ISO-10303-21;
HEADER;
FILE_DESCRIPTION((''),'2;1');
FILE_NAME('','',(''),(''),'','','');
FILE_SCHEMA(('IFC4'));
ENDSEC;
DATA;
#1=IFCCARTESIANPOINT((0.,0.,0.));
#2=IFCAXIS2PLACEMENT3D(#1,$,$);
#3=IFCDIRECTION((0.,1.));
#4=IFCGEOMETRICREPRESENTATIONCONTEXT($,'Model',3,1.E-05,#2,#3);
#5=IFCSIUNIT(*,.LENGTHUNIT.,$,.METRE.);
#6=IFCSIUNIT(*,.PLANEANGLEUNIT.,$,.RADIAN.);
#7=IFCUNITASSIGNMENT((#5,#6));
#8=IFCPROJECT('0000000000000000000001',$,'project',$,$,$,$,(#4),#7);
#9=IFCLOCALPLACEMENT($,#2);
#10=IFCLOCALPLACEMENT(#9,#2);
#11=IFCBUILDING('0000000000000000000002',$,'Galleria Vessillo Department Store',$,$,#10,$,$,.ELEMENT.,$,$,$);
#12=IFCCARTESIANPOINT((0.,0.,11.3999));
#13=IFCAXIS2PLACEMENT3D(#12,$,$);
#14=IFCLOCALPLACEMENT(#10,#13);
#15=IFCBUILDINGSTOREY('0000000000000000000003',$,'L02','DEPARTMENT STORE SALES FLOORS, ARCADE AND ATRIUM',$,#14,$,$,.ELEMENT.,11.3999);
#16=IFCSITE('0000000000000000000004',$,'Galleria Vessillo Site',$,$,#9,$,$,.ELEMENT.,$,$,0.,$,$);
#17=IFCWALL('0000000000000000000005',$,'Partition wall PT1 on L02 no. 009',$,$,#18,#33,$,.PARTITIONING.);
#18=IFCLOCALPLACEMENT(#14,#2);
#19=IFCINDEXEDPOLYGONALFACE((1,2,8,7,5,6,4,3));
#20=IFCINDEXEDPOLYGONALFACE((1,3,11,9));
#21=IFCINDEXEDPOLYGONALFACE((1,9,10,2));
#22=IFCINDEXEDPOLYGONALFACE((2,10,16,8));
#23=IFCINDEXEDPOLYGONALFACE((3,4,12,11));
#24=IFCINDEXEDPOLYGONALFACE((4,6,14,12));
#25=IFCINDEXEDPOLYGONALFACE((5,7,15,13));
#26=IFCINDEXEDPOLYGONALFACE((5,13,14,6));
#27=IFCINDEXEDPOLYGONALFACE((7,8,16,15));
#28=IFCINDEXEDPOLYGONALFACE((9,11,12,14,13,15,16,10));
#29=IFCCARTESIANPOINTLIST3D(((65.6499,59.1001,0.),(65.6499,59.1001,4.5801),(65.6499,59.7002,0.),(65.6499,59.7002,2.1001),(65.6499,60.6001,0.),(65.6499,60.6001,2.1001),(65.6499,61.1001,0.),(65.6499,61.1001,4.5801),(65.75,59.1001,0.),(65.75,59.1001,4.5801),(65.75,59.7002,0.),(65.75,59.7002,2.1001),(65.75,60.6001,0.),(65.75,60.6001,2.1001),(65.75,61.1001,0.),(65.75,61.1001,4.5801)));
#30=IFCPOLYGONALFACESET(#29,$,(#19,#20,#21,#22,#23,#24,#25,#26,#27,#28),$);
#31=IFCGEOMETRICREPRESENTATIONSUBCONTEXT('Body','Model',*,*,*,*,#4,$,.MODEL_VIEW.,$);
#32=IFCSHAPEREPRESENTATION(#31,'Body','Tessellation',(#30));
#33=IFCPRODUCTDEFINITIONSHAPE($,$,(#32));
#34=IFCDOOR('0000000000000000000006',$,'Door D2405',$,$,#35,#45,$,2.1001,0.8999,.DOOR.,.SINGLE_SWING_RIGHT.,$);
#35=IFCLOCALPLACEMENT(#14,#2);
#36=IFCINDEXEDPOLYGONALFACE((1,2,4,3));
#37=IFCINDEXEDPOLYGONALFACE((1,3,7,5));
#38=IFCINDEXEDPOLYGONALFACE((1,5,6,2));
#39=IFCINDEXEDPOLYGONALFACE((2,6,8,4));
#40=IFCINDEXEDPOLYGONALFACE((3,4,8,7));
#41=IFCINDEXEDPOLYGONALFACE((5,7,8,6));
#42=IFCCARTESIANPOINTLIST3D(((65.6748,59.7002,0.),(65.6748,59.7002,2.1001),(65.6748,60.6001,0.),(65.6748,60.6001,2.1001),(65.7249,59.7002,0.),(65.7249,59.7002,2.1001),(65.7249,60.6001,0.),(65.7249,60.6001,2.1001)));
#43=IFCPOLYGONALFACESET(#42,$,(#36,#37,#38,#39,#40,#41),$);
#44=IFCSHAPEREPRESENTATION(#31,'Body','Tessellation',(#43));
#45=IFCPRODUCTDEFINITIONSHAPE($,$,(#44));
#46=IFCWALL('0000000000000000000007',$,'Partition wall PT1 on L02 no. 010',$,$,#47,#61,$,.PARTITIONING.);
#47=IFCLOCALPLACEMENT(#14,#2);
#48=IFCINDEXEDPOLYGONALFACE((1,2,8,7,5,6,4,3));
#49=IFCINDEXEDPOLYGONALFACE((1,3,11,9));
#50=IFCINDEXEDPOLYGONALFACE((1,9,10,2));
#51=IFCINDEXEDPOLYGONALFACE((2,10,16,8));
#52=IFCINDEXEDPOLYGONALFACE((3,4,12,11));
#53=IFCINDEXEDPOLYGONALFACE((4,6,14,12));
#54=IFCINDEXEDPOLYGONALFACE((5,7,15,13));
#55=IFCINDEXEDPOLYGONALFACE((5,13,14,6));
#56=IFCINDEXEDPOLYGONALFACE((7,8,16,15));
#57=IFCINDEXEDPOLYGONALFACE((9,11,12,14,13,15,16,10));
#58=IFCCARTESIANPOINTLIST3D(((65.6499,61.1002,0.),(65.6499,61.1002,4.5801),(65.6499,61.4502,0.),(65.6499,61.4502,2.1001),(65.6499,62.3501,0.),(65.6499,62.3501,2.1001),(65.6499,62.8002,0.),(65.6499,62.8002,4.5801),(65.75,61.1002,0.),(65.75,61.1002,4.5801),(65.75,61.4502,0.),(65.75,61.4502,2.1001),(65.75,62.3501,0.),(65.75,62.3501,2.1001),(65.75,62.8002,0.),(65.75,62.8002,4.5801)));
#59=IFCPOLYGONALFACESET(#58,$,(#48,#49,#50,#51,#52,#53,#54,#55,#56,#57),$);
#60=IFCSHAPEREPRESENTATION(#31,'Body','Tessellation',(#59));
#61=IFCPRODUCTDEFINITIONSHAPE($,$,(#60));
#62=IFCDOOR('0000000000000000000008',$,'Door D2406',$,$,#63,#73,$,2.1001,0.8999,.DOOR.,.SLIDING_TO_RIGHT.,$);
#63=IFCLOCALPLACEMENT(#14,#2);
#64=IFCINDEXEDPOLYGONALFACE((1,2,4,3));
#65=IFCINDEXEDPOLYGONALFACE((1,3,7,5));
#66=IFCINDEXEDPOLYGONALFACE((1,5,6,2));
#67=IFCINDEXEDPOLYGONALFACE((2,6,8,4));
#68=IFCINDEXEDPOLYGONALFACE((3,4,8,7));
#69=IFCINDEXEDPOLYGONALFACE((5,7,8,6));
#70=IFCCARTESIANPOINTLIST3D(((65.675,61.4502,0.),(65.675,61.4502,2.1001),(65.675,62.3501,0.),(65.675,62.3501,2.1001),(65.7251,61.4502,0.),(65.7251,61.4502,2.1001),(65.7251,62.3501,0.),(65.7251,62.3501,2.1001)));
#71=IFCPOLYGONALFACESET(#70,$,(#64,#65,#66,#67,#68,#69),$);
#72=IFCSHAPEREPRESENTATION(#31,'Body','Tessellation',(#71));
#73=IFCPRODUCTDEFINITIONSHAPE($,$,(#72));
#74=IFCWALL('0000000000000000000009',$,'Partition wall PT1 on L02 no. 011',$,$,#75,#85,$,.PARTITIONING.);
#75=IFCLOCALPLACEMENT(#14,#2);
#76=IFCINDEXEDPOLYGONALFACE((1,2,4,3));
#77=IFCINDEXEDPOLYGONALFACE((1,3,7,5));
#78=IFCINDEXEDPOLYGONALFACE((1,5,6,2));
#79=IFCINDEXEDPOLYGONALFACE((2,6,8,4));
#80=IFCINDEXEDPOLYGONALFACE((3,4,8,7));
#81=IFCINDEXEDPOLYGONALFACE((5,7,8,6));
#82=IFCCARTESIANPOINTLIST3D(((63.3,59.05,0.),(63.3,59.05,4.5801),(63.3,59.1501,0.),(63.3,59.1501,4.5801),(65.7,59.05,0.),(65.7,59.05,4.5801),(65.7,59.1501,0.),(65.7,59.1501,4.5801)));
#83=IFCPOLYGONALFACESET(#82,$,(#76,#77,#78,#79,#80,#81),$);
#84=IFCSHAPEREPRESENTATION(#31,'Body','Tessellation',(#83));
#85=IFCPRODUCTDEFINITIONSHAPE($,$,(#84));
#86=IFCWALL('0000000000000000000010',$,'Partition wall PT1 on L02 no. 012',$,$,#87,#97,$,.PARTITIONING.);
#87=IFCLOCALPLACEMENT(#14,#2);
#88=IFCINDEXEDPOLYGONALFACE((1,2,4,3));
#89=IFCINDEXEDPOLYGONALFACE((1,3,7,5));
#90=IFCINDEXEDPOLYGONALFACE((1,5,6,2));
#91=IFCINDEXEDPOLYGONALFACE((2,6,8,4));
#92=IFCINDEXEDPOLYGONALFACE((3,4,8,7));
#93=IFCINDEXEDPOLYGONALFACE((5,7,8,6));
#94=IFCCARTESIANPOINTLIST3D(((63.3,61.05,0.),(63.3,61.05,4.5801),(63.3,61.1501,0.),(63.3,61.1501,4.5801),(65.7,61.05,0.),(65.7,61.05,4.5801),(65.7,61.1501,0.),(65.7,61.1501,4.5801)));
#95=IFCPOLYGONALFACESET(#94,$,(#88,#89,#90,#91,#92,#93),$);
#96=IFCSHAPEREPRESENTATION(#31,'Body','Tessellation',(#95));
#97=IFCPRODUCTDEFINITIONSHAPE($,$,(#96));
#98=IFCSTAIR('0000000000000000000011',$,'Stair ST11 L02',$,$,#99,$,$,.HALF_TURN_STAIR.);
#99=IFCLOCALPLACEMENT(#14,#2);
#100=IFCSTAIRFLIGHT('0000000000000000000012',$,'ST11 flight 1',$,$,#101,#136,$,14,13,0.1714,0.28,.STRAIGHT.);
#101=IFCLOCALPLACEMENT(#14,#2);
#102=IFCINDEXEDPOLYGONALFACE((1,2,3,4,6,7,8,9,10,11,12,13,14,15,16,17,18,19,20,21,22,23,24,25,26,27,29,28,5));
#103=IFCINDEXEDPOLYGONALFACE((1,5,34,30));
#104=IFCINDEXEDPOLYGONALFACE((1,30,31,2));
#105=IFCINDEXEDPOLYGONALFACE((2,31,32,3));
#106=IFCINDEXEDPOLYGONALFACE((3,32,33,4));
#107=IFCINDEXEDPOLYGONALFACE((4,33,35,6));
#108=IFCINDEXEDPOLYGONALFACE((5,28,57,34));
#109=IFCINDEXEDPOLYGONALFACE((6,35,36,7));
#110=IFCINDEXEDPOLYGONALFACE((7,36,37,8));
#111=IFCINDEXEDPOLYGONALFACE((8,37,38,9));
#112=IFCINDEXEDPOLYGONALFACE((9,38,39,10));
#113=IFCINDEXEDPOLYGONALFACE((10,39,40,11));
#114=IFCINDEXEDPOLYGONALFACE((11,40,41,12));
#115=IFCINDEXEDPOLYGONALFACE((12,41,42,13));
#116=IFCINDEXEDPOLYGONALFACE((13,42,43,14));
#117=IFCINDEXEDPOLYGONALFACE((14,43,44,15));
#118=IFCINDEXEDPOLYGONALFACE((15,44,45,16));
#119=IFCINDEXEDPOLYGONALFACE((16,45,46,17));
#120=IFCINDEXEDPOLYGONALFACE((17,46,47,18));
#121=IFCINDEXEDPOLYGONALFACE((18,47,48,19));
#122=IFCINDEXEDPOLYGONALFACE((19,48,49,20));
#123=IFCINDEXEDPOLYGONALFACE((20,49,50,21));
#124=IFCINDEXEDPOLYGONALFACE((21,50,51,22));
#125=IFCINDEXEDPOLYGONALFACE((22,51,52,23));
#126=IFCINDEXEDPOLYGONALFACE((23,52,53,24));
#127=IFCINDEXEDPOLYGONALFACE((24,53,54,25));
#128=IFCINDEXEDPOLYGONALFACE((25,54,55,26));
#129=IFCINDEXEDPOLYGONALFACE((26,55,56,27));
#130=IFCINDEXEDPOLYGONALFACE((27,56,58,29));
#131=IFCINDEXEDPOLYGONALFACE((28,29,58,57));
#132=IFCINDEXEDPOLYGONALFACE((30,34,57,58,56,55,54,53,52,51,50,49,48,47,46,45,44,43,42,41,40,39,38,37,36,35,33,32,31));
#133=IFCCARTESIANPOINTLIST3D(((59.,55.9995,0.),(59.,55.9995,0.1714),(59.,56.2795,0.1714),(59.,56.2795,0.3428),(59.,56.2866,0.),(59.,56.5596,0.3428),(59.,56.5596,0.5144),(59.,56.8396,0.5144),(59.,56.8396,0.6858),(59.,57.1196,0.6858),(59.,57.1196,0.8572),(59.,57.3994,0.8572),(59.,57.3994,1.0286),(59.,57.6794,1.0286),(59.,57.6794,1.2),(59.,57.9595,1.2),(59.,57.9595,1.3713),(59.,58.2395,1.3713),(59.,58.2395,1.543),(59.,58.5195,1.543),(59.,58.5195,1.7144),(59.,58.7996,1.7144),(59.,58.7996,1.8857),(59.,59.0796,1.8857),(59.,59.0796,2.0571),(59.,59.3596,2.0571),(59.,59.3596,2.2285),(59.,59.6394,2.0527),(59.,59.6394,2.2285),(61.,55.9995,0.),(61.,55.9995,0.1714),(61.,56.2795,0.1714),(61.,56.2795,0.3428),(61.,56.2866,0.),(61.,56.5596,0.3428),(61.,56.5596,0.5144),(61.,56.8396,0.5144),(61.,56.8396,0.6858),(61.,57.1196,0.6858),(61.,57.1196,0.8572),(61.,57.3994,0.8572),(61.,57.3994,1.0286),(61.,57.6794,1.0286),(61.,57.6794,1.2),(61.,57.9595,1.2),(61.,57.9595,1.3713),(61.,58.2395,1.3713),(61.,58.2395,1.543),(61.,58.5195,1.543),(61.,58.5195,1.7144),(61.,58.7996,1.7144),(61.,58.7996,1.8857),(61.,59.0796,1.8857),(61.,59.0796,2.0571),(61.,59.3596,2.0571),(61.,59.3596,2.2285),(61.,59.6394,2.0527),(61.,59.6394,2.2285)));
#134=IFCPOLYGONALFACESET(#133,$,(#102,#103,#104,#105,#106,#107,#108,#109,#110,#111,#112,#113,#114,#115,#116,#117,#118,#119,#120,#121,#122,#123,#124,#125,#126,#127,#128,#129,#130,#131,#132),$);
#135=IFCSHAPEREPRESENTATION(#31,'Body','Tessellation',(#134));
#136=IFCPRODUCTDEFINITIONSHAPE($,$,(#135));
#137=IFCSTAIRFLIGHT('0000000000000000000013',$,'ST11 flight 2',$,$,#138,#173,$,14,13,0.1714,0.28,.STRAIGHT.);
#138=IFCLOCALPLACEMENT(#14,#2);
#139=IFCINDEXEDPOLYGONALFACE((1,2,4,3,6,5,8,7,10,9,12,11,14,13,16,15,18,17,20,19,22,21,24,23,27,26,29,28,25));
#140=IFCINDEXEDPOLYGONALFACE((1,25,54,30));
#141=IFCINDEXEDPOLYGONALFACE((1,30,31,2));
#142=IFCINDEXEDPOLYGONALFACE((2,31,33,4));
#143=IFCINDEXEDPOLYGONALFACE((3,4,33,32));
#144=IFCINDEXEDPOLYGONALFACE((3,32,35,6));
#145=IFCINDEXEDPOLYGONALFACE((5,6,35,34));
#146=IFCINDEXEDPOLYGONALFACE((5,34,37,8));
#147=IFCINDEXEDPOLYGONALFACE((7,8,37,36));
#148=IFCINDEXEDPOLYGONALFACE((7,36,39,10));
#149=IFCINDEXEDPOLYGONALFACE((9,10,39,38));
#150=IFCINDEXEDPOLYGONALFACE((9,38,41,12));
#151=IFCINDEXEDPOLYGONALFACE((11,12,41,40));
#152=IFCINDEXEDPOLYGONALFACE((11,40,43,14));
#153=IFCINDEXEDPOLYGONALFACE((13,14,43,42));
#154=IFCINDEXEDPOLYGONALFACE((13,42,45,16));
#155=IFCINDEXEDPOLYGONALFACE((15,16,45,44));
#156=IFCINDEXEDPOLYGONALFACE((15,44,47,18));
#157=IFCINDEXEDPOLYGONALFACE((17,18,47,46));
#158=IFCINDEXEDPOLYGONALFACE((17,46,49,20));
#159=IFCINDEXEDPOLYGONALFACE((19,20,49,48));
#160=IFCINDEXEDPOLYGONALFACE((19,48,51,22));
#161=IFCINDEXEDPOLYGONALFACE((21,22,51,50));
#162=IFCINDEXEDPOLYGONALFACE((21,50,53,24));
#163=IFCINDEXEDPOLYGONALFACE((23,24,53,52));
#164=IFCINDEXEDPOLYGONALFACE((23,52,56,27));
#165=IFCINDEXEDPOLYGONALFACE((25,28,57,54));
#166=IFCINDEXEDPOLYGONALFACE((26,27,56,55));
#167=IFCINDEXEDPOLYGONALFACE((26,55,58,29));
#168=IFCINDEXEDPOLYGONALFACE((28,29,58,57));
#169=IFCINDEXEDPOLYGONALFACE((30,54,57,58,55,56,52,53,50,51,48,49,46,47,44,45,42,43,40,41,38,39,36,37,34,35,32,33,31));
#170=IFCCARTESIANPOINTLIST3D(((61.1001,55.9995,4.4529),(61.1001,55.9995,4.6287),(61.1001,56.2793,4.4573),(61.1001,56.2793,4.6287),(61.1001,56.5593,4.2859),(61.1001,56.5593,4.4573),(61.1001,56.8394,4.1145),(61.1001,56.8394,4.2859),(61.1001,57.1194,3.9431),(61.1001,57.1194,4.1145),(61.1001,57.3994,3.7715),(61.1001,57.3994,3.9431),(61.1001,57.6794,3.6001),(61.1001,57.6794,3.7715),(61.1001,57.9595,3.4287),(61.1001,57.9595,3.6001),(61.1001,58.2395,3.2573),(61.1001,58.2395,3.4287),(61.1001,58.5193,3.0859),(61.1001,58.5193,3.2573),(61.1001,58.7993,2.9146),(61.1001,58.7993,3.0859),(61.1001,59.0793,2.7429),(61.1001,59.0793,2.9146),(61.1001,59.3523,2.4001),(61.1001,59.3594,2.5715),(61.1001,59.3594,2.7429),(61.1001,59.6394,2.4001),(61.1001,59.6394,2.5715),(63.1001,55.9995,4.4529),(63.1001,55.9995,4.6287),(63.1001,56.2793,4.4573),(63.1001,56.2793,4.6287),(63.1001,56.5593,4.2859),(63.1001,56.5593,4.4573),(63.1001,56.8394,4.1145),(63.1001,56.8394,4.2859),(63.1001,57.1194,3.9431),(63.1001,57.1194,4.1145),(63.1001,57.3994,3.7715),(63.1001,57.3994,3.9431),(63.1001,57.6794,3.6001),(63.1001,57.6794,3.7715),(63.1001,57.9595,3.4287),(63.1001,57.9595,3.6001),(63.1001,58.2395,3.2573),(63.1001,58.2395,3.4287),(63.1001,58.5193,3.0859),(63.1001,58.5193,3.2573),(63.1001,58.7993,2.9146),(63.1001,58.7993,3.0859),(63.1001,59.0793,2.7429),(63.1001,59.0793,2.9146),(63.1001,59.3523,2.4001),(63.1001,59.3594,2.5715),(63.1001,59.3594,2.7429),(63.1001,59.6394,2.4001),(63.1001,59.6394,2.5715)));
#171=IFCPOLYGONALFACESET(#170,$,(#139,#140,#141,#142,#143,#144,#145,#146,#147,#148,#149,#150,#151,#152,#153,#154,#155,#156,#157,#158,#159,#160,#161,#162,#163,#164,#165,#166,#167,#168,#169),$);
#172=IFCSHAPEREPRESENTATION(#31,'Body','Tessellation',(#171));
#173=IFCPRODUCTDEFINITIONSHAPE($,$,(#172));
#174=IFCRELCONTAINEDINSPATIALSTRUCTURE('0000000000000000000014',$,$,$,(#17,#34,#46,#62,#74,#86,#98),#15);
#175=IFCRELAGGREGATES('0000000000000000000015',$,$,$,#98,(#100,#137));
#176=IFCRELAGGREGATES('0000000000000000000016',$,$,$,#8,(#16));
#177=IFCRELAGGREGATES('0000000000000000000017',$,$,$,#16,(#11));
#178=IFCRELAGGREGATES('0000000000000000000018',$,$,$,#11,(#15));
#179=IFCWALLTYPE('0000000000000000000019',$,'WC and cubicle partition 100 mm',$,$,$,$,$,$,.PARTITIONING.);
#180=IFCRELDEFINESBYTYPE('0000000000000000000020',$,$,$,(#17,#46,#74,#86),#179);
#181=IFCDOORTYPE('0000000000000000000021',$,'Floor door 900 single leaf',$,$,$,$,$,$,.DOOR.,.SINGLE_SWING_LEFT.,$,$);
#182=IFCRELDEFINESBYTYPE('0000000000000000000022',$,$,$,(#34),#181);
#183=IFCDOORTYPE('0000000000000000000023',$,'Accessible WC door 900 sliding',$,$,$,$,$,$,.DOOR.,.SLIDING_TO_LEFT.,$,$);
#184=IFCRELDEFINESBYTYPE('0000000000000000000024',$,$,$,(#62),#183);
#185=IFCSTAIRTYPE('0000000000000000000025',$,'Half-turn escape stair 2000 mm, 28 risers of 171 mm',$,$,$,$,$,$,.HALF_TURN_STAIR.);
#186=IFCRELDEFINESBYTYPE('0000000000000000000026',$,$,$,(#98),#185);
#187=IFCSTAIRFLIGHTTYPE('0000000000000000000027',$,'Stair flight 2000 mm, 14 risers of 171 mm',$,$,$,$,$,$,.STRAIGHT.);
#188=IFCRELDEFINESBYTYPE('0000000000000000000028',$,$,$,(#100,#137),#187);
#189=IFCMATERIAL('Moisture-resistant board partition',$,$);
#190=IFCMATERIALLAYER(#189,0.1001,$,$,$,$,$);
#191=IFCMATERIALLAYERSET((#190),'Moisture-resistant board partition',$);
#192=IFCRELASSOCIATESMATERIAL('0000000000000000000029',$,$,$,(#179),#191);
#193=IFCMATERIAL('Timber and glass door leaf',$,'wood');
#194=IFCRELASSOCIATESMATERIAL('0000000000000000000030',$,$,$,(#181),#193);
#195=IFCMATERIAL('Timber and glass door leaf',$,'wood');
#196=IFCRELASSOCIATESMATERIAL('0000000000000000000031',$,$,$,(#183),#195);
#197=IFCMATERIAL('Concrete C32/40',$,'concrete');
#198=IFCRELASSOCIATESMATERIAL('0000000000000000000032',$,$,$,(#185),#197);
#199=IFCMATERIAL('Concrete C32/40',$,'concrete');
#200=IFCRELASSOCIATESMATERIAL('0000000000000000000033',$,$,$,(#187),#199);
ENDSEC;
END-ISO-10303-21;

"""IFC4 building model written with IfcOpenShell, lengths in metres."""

from ifc_helpers import new_model, si_unit, direction, frame, frame_2d, origin, place, context, subcontext, project, spatial, polyline, rectangle, outline, extrude, material, layer, layer_set, type_object, element, fill, aggregate, save


model = new_model("IFC4")

# Units and contexts
model_context = context("Model", 3, precision=1e-05, world=origin(), true_north=direction((0.0, 1.0)))
body_context = subcontext(model_context, "Body", "Model", "MODEL_VIEW")
ifc_project = project(units=[si_unit("LENGTHUNIT", "METRE"), si_unit("PLANEANGLEUNIT", "RADIAN")], contexts=[model_context])

# Site, building, storey
site_placement = place(None, origin())
site = spatial("IfcSite", under=ifc_project, at=site_placement, Name="Galleria Vessillo Site", CompositionType="ELEMENT", RefElevation=0.0)
building_placement = place(site_placement, origin())
building = spatial("IfcBuilding", under=site, at=building_placement, Name="Galleria Vessillo Department Store", CompositionType="ELEMENT")
storey_placement = place(building_placement, frame((0.0, 0.0, 11.3999)))
storey = spatial("IfcBuildingStorey", under=building, at=storey_placement, Name="L02", Description="DEPARTMENT STORE SALES FLOORS, ARCADE AND ATRIUM", CompositionType="ELEMENT", Elevation=11.3999)

# Shared definitions
ifc_material_1 = material(Name="Moisture-resistant board partition")
ifc_layer_1 = layer(ifc_material_1, 0.1001)
ifc_layer_set_1 = layer_set([ifc_layer_1], Name="Moisture-resistant board partition")
wall_type_1 = type_object("IfcWallType", Name="WC and cubicle partition 100 mm", PredefinedType="PARTITIONING", material=ifc_layer_set_1)
ifc_material_2 = material(Name="Timber and glass door leaf", Category="wood")
door_type_1 = type_object("IfcDoorType", Name="Floor door 900 single leaf", OperationType="SINGLE_SWING_LEFT", PredefinedType="DOOR", material=ifc_material_2)

# Walls, openings, doors
wall_1_placement = place(storey_placement, frame((65.7, 59.1001, 0.0), z_axis=(0.0, 0.0, 1.0), x_axis=(0.0, 1.0, 0.0)))
wall_1 = element("IfcWall", 1, at=wall_1_placement, inside=storey, type_object=wall_type_1, Name="Partition wall PT1 on L02 no. 009", PredefinedType="PARTITIONING", context=body_context, shape_type="SweptSolid", body=[
    extrude(rectangle(XDim=2.0, YDim=0.1001, at=frame_2d((1.0, 0.0))), origin(), (0.0, 0.0, 1.0), 4.5801),
])
opening_1_placement = place(wall_1_placement, frame((0.6001, 0.0, 0.0)))
opening_1 = element("IfcOpeningElement", 2, at=opening_1_placement, cuts=wall_1, PredefinedType="OPENING", context=body_context, shape_type="SweptSolid", body=[
    extrude(rectangle(XDim=0.8999, YDim=2.1001, at=frame_2d((0.45, 1.05))), frame((0.0, 0.0601, 0.0), z_axis=(0.0, -1.0, 0.0), x_axis=(1.0, 0.0, 0.0)), (0.0, 0.0, 1.0), 0.1201),
])
door_1_placement = place(opening_1_placement, frame((0.8999, 0.0, 0.0), z_axis=(0.0, 0.0, 1.0), x_axis=(-1.0, 0.0, 0.0)))
door_1 = element("IfcDoor", 3, at=door_1_placement, inside=storey, type_object=door_type_1, Name="Door D2405", OperationType="SINGLE_SWING_RIGHT", OverallHeight=2.1001, OverallWidth=0.8999, PredefinedType="DOOR", context=body_context, shape_type="SweptSolid", body=[
    extrude(rectangle(XDim=0.8999, YDim=2.1001, at=frame_2d((0.45, 1.05))), frame((0.0, 0.0249, 0.0), z_axis=(0.0, -1.0, 0.0), x_axis=(1.0, 0.0, 0.0)), (0.0, 0.0, 1.0), 0.05),
])
fill(opening_1, door_1)
wall_2_placement = place(storey_placement, frame((65.7, 61.1001, 0.0), z_axis=(0.0, 0.0, 1.0), x_axis=(0.0, 1.0, 0.0)))
wall_2 = element("IfcWall", 4, at=wall_2_placement, inside=storey, type_object=wall_type_1, Name="Partition wall PT1 on L02 no. 010", PredefinedType="PARTITIONING", context=body_context, shape_type="SweptSolid", body=[
    extrude(rectangle(XDim=1.7, YDim=0.1001, at=frame_2d((0.8501, 0.0))), origin(), (0.0, 0.0, 1.0), 4.5801),
])
opening_2_placement = place(wall_2_placement, frame((0.3501, 0.0, 0.0)))
opening_2 = element("IfcOpeningElement", 5, at=opening_2_placement, cuts=wall_2, PredefinedType="OPENING", context=body_context, shape_type="SweptSolid", body=[
    extrude(rectangle(XDim=0.8999, YDim=2.1001, at=frame_2d((0.45, 1.05))), frame((0.0, 0.0601, 0.0), z_axis=(0.0, -1.0, 0.0), x_axis=(1.0, 0.0, 0.0)), (0.0, 0.0, 1.0), 0.1201),
])
ifc_material_3 = material(Name="Timber and glass door leaf", Category="wood")
door_type_2 = type_object("IfcDoorType", Name="Accessible WC door 900 sliding", OperationType="SLIDING_TO_LEFT", PredefinedType="DOOR", material=ifc_material_3)
door_2_placement = place(opening_2_placement, origin())
door_2 = element("IfcDoor", 6, at=door_2_placement, inside=storey, type_object=door_type_2, Name="Door D2406", OperationType="SLIDING_TO_RIGHT", OverallHeight=2.1001, OverallWidth=0.8999, PredefinedType="DOOR", context=body_context, shape_type="SweptSolid", body=[
    extrude(rectangle(XDim=0.8999, YDim=2.1001, at=frame_2d((0.45, 1.05))), frame((0.0, 0.0249, 0.0), z_axis=(0.0, -1.0, 0.0), x_axis=(1.0, 0.0, 0.0)), (0.0, 0.0, 1.0), 0.05),
])
fill(opening_2, door_2)

# Walls
for number, where, z_axis, x_axis, name in (
    (7, (63.3, 59.1001, 0.0), (0.0, 0.0, 1.0), (1.0, 0.0, 0.0), "Partition wall PT1 on L02 no. 011"),
    (8, (63.3, 61.1001, 0.0), (0.0, 0.0, 1.0), (1.0, 0.0, 0.0), "Partition wall PT1 on L02 no. 012"),
):
    element("IfcWall", number, at=place(storey_placement, frame(where, z_axis=z_axis, x_axis=x_axis)), inside=storey, type_object=wall_type_1, Name=name, PredefinedType="PARTITIONING", context=body_context, shape_type="SweptSolid", body=[
        extrude(rectangle(XDim=2.3999, YDim=0.1001, at=frame_2d((1.2, 0.0))), origin(), (0.0, 0.0, 1.0), 4.5801),
    ])

# Stair, stair flights
ifc_material_4 = material(Name="Concrete C32/40", Category="concrete")
stair_type = type_object("IfcStairType", Name="Half-turn escape stair 2000 mm, 28 risers of 171 mm", PredefinedType="HALF_TURN_STAIR", material=ifc_material_4)
stair_placement = place(storey_placement, origin())
stair = element("IfcStair", 9, at=stair_placement, inside=storey, type_object=stair_type, Name="Stair ST11 L02", PredefinedType="HALF_TURN_STAIR")
ifc_material_5 = material(Name="Concrete C32/40", Category="concrete")
stair_flight_type = type_object("IfcStairFlightType", Name="Stair flight 2000 mm, 14 risers of 171 mm", PredefinedType="STRAIGHT", material=ifc_material_5)
stair_flight_1_placement = place(storey_placement, frame((60.0, 55.9995, 0.0), z_axis=(0.0, 0.0, 1.0), x_axis=(0.0, 1.0, 0.0)))
stair_flight_1 = element("IfcStairFlight", 10, at=stair_flight_1_placement, type_object=stair_flight_type, Name="ST11 flight 1", NumberOfRisers=14, NumberOfTreads=13, PredefinedType="STRAIGHT", RiserHeight=0.1714, TreadLength=0.28, context=body_context, shape_type="SweptSolid", body=[
    extrude(outline(polyline([(0.0, 0.0), (0.0, 0.1714), (0.28, 0.1714), (0.28, 0.3428), (0.5601, 0.3428), (0.5601, 0.5144), (0.8401, 0.5144), (0.8401, 0.6858), (1.1201, 0.6858), (1.1201, 0.8572), (1.3999, 0.8572), (1.3999, 1.0286), (1.6799, 1.0286), (1.6799, 1.2), (1.96, 1.2), (1.96, 1.3713), (2.24, 1.3713), (2.24, 1.543), (2.52, 1.543), (2.52, 1.7144), (2.8, 1.7144), (2.8, 1.8857), (3.0801, 1.8857), (3.0801, 2.0571), (3.3601, 2.0571), (3.3601, 2.2285), (3.6399, 2.2285), (3.6399, 2.3999), (3.6399, 2.0527), (0.2871, 0.0), (0.0, 0.0)])), frame((0.0, 1.0, 0.0), z_axis=(0.0, -1.0, 0.0), x_axis=(1.0, 0.0, 0.0)), (0.0, 0.0, 1.0), 2.0),
])
stair_flight_2_placement = place(storey_placement, frame((62.1001, 59.6394, 2.4001), z_axis=(0.0, 0.0, 1.0), x_axis=(0.0, -1.0, 0.0)))
stair_flight_2 = element("IfcStairFlight", 11, at=stair_flight_2_placement, type_object=stair_flight_type, Name="ST11 flight 2", NumberOfRisers=14, NumberOfTreads=13, PredefinedType="STRAIGHT", RiserHeight=0.1714, TreadLength=0.28, context=body_context, shape_type="SweptSolid", body=[
    extrude(outline(polyline([(0.0, 0.0), (0.0, 0.1714), (0.28, 0.1714), (0.28, 0.3428), (0.5601, 0.3428), (0.5601, 0.5144), (0.8401, 0.5144), (0.8401, 0.6858), (1.1201, 0.6858), (1.1201, 0.8572), (1.3999, 0.8572), (1.3999, 1.0286), (1.6799, 1.0286), (1.6799, 1.2), (1.96, 1.2), (1.96, 1.3713), (2.24, 1.3713), (2.24, 1.543), (2.52, 1.543), (2.52, 1.7144), (2.8, 1.7144), (2.8, 1.8857), (3.0801, 1.8857), (3.0801, 2.0571), (3.3601, 2.0571), (3.3601, 2.2285), (3.6399, 2.2285), (3.6399, 2.3999), (3.6399, 2.0527), (0.2871, 0.0), (0.0, 0.0)])), frame((0.0, 1.0, 0.0), z_axis=(0.0, -1.0, 0.0), x_axis=(1.0, 0.0, 0.0)), (0.0, 0.0, 1.0), 2.0),
])
aggregate(stair, [stair_flight_1, stair_flight_2])

save(model, "model.ifc")
